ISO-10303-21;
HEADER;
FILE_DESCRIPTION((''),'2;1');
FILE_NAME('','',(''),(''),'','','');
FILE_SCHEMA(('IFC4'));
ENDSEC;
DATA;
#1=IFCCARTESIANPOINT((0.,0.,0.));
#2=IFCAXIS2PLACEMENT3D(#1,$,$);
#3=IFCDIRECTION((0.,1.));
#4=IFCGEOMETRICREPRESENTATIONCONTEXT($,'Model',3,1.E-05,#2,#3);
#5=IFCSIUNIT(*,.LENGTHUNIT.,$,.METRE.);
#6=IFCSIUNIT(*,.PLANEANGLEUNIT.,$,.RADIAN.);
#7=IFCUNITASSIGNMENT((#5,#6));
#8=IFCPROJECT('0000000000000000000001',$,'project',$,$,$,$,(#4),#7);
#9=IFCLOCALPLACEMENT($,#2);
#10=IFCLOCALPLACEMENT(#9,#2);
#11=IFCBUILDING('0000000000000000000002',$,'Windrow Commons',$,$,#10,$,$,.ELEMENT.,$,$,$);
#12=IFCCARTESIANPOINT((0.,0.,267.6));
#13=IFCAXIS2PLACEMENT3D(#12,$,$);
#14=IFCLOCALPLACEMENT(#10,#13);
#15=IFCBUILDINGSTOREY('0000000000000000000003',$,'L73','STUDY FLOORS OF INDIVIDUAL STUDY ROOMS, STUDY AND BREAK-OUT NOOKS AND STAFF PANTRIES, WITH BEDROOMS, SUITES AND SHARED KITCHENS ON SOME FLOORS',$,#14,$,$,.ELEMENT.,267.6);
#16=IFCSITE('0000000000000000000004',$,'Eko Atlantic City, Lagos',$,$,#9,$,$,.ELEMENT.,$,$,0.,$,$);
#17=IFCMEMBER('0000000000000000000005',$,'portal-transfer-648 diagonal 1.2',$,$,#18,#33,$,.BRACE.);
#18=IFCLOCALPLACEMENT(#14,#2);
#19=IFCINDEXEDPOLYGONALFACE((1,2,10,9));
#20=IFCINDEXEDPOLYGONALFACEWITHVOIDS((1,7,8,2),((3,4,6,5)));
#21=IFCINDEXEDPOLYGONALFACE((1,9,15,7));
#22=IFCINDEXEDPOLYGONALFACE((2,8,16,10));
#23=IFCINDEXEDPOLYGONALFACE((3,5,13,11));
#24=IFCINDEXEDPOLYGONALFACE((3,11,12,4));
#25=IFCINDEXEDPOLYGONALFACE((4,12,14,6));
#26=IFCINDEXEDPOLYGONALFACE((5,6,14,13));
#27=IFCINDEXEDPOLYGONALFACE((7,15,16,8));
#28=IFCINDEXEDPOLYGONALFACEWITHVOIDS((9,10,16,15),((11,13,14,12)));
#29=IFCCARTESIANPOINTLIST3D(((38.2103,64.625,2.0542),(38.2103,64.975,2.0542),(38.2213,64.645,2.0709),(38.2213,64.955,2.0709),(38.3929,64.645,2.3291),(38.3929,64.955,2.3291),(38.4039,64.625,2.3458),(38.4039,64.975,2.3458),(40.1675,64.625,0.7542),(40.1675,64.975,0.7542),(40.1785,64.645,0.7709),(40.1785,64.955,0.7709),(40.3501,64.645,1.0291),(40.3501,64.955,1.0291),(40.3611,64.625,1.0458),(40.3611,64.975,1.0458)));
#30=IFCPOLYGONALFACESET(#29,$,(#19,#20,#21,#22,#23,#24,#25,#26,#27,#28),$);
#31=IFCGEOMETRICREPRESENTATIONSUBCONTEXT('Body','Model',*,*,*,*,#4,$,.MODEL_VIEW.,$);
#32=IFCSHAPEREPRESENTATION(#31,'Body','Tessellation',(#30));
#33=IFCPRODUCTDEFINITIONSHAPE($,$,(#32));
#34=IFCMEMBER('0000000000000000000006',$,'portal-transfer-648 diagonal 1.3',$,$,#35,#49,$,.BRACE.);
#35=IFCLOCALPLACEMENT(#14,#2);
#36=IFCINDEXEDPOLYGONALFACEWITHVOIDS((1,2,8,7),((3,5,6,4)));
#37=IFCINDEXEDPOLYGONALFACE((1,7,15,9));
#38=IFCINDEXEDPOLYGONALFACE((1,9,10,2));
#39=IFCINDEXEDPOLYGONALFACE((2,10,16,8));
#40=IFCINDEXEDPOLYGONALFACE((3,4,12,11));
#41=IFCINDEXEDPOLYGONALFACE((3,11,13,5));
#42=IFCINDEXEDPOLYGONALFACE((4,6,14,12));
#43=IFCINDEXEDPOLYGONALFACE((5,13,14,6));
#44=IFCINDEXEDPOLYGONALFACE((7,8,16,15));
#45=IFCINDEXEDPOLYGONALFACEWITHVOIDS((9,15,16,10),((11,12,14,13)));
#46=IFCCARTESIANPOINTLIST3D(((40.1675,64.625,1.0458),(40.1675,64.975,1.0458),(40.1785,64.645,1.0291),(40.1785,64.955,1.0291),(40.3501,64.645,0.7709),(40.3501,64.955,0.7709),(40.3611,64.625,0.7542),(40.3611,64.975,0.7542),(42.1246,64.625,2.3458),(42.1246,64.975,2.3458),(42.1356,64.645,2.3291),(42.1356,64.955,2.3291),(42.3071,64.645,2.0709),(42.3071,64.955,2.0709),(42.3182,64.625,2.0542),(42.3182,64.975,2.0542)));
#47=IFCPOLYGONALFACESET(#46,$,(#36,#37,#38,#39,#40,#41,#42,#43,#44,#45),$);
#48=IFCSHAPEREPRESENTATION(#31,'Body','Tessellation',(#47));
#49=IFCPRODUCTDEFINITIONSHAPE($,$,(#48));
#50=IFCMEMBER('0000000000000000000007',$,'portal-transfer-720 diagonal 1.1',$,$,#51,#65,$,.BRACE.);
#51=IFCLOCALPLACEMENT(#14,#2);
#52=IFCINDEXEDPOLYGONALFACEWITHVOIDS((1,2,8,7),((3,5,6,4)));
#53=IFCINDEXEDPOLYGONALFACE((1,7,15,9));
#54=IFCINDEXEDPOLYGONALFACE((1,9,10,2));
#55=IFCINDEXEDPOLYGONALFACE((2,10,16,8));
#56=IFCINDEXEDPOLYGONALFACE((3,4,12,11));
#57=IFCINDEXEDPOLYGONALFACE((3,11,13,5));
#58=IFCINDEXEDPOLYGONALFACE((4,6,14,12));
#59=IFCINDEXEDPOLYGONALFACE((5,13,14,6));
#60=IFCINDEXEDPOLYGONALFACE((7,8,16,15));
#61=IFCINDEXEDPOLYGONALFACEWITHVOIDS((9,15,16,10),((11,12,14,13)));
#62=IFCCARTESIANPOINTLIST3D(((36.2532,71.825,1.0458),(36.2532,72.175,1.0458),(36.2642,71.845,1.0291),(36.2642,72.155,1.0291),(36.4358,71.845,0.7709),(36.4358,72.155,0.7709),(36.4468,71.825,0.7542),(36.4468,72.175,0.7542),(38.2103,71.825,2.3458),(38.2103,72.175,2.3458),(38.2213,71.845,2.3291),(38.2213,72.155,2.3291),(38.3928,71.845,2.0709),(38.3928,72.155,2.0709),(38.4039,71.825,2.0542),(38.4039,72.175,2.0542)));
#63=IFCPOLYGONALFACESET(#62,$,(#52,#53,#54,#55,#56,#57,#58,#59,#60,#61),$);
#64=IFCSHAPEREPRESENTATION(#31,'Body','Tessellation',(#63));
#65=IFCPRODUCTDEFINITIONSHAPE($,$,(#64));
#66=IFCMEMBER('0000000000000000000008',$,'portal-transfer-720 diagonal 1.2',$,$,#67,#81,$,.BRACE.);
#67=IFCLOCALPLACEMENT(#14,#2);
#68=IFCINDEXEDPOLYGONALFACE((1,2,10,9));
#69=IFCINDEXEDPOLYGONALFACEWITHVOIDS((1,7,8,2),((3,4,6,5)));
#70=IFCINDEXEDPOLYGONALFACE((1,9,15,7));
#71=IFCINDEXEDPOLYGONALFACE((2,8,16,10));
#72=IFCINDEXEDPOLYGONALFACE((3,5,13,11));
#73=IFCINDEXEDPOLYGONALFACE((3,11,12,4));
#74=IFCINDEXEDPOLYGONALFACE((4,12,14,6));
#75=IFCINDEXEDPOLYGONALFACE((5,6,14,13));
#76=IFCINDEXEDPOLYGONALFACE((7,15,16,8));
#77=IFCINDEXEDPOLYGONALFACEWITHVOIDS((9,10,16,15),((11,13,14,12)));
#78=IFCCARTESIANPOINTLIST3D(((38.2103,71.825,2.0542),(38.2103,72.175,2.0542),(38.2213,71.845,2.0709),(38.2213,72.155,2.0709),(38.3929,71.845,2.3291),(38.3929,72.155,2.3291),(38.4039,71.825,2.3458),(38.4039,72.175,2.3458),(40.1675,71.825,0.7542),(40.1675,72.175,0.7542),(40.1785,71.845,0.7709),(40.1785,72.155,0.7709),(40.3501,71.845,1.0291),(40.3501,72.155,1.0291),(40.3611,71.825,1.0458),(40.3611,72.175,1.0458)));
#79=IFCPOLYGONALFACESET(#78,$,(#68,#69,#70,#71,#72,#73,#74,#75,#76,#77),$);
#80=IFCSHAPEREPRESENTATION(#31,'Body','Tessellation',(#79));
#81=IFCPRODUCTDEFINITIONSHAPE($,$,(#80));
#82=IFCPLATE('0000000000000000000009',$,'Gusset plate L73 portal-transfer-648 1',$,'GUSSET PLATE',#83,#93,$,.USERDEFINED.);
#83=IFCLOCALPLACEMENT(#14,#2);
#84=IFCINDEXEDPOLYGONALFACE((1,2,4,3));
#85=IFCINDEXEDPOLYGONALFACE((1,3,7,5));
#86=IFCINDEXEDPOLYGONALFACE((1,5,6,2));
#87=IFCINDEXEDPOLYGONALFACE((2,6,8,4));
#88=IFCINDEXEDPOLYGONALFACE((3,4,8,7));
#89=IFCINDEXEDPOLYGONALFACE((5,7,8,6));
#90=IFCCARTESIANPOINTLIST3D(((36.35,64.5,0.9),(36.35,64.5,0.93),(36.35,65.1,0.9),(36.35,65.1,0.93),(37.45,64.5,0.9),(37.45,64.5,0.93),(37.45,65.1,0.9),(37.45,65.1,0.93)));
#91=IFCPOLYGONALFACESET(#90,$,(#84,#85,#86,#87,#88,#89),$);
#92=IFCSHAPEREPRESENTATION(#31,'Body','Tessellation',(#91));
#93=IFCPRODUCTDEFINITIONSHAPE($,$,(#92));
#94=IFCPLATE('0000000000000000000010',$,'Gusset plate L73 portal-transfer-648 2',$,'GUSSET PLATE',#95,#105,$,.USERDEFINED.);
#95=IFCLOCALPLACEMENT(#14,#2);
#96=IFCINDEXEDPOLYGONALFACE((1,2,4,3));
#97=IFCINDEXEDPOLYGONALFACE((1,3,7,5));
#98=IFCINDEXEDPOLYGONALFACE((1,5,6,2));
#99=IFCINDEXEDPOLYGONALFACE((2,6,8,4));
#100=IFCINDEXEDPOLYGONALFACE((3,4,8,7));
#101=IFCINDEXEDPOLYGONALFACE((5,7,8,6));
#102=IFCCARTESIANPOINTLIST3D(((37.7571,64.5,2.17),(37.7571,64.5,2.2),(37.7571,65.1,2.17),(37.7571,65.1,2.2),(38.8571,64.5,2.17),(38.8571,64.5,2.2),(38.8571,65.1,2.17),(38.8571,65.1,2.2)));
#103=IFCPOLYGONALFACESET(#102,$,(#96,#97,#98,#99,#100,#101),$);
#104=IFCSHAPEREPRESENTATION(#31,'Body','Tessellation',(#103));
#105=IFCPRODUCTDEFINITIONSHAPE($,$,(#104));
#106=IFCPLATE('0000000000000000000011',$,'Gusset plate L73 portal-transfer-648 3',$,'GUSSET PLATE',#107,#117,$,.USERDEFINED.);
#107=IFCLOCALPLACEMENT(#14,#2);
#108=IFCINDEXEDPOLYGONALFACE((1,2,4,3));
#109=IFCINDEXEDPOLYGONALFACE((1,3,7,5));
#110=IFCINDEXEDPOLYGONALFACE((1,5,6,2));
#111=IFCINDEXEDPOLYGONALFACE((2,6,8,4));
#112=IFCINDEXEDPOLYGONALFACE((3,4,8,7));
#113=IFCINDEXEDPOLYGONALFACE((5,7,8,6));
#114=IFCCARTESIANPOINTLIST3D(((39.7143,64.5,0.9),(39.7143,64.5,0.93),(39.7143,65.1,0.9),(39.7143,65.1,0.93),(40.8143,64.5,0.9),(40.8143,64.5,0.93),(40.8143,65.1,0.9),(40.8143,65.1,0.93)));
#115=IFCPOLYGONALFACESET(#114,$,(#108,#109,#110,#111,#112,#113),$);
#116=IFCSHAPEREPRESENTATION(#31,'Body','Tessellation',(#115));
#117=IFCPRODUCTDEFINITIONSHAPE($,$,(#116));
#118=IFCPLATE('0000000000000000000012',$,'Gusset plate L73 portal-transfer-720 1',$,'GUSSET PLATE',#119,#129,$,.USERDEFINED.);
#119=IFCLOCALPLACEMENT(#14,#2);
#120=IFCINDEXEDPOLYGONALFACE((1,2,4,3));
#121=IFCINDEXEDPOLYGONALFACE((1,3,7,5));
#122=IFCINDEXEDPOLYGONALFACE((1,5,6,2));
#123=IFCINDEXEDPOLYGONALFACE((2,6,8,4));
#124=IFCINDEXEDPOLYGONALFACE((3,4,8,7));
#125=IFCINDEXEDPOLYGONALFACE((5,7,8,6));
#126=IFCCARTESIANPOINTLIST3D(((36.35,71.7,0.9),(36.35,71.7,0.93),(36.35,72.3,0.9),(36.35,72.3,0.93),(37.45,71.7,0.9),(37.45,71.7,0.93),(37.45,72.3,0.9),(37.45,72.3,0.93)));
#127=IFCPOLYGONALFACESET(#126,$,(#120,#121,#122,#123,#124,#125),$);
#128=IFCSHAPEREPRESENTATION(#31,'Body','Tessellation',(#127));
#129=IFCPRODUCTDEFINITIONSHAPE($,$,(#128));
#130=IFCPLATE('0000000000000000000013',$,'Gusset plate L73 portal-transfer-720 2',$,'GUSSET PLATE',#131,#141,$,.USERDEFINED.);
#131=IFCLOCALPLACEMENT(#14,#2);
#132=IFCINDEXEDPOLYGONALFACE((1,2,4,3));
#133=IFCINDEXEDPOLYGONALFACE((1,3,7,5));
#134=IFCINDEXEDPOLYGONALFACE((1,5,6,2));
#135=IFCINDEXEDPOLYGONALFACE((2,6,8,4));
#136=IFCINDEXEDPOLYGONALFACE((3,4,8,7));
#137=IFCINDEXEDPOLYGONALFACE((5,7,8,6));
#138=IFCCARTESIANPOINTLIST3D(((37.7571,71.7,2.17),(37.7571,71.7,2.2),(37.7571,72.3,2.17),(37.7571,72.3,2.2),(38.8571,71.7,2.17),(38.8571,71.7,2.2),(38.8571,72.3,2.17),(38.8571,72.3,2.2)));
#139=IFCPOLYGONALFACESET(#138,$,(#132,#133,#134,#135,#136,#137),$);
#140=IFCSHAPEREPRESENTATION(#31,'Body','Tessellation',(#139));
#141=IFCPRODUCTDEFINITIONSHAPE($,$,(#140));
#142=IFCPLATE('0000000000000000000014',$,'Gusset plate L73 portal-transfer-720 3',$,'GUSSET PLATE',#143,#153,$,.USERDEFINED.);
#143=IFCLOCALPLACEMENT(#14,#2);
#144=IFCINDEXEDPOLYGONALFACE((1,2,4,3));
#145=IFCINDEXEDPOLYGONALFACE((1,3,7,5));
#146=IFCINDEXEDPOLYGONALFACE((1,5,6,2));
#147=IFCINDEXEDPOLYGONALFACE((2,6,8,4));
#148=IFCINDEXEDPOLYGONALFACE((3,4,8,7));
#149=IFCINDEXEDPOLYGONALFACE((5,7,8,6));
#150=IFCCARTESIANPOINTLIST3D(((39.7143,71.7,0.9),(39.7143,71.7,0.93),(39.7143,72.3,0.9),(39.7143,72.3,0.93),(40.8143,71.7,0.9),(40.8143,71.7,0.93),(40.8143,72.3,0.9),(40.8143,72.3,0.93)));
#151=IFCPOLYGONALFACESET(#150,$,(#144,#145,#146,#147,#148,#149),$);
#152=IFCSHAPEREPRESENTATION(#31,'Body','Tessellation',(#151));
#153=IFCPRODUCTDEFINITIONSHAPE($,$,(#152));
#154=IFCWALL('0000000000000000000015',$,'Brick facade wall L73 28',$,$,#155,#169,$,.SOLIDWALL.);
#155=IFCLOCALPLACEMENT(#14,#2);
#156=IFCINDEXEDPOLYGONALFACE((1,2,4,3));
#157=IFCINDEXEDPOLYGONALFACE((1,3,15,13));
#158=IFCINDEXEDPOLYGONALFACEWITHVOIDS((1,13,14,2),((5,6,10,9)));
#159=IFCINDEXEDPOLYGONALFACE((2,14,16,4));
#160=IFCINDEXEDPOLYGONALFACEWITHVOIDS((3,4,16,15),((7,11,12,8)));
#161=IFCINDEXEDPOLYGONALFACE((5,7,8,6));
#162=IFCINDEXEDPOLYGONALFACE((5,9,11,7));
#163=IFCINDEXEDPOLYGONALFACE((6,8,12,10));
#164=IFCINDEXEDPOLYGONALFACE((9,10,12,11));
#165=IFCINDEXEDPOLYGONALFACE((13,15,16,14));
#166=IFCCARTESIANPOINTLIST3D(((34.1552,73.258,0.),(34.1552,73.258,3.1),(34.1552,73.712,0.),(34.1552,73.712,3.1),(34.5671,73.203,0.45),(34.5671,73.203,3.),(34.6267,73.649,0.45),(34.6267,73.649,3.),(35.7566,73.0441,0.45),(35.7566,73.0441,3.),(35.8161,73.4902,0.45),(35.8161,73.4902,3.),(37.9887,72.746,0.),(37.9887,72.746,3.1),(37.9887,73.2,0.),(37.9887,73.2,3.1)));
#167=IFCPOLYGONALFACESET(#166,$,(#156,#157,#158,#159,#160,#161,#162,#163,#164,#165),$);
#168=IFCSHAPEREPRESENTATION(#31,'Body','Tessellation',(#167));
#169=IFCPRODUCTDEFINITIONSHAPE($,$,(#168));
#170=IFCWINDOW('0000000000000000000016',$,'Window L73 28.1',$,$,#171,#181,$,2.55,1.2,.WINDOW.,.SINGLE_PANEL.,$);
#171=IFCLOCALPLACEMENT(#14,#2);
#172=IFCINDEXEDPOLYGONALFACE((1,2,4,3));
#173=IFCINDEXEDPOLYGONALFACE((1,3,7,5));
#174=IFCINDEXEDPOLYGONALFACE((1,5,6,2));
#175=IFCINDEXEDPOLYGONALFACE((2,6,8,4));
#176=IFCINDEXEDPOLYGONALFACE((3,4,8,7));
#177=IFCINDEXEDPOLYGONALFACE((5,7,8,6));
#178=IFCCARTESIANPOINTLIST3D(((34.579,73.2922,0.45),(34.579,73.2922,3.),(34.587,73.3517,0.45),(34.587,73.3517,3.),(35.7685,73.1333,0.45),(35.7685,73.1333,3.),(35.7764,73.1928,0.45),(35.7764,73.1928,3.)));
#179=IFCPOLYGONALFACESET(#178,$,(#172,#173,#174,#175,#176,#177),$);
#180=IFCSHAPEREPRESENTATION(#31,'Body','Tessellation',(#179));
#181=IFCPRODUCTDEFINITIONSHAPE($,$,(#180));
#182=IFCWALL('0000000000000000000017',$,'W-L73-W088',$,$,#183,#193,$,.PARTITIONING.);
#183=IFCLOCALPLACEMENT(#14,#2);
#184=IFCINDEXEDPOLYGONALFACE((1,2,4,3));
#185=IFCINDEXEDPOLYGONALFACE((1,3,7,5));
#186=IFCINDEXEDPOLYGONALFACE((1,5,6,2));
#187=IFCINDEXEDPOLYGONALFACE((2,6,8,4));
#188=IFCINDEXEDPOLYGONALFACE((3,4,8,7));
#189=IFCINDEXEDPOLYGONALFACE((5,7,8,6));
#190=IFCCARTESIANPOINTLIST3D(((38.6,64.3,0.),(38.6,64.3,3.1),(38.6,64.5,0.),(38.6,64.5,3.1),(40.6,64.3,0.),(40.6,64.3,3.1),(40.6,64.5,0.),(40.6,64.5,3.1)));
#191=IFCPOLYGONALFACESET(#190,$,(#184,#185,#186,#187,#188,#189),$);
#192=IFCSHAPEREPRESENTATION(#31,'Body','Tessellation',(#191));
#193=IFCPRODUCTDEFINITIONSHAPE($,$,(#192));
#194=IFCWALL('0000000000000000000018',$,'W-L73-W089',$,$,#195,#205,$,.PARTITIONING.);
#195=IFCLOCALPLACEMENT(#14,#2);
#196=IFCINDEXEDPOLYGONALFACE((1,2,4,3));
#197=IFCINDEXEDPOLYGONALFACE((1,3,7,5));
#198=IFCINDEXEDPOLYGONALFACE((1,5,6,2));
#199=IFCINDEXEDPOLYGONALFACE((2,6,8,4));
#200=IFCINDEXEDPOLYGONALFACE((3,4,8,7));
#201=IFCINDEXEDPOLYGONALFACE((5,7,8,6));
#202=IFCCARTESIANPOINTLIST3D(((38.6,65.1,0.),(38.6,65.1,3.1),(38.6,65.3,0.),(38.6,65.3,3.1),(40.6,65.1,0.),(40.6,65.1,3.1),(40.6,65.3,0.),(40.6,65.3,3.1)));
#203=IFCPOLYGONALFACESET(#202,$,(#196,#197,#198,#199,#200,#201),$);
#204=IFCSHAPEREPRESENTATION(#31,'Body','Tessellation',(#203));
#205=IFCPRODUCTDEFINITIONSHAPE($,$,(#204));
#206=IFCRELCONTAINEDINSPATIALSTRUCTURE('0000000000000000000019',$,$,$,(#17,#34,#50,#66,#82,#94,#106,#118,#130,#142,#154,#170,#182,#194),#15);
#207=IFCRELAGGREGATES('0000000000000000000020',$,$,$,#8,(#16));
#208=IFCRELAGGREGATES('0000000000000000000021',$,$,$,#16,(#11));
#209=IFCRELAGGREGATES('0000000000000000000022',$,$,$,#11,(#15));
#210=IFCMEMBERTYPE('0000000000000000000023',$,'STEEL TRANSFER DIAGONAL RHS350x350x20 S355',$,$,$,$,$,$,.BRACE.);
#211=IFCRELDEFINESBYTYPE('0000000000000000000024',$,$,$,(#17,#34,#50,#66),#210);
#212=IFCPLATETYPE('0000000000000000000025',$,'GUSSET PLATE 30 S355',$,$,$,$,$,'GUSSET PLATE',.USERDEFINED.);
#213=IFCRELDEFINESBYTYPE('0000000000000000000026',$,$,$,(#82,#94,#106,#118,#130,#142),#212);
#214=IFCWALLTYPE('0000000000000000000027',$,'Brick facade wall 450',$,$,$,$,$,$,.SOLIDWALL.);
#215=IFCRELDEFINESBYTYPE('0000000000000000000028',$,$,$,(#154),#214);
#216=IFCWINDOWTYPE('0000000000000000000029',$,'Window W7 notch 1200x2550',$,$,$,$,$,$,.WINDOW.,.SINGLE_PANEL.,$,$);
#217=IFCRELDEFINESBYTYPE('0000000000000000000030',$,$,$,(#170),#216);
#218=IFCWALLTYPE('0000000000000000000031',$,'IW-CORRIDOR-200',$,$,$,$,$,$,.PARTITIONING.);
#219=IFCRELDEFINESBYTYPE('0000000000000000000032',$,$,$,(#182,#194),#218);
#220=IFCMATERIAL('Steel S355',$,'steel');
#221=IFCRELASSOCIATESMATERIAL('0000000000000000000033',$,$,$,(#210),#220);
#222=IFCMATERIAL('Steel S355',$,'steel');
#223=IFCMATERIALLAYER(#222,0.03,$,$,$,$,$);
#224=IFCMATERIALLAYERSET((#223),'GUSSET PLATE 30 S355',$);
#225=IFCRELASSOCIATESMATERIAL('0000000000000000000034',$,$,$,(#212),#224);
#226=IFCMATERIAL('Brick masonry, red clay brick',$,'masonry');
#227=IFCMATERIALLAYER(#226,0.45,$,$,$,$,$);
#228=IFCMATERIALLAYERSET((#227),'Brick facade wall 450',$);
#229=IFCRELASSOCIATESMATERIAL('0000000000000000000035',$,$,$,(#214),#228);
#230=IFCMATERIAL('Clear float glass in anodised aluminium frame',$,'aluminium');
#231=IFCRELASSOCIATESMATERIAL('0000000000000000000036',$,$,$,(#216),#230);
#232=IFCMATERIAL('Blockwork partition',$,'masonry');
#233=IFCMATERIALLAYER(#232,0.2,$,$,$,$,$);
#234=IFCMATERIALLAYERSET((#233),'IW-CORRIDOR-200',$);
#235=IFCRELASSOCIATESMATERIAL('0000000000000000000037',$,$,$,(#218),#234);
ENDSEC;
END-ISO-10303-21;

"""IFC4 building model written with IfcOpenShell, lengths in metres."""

from ifc_helpers import new_model, si_unit, direction, frame, frame_2d, origin, origin_2d, place, context, subcontext, project, spatial, polyline, rectangle, hollow_rectangle, outline, extrude, material, layer, layer_set, material_profile, profile_set, type_object, element, fill, save


model = new_model("IFC4")

# Units and contexts
model_context = context("Model", 3, precision=1e-05, world=origin(), true_north=direction((0.0, 1.0)))
body_context = subcontext(model_context, "Body", "Model", "MODEL_VIEW")
ifc_project = project(units=[si_unit("LENGTHUNIT", "METRE"), si_unit("PLANEANGLEUNIT", "RADIAN")], contexts=[model_context])

# Site, building, storey
site_placement = place(None, origin())
site = spatial("IfcSite", under=ifc_project, at=site_placement, Name="Eko Atlantic City, Lagos", CompositionType="ELEMENT", RefElevation=0.0)
building_placement = place(site_placement, origin())
building = spatial("IfcBuilding", under=site, at=building_placement, Name="Windrow Commons", CompositionType="ELEMENT")
storey_placement = place(building_placement, frame((0.0, 0.0, 267.6)))
storey = spatial("IfcBuildingStorey", under=building, at=storey_placement, Name="L73", Description="STUDY FLOORS OF INDIVIDUAL STUDY ROOMS, STUDY AND BREAK-OUT NOOKS AND STAFF PANTRIES, WITH BEDROOMS, SUITES AND SHARED KITCHENS ON SOME FLOORS", CompositionType="ELEMENT", Elevation=267.6)

# Members
ifc_material_1 = material(Name="Steel S355", Category="steel")
ifc_material_profile_1 = material_profile(ifc_material_1, hollow_rectangle(XDim=0.35, YDim=0.35, WallThickness=0.02, at=origin_2d()))
ifc_profile_set_1 = profile_set([ifc_material_profile_1], Name="Steel S355")
member_type_1 = type_object("IfcMemberType", Name="STEEL TRANSFER DIAGONAL RHS350x350x20 S355", PredefinedType="BRACE", material=ifc_profile_set_1)
member_1_placement = place(storey_placement, frame((38.3071, 64.8, 2.2), z_axis=(0.832992, 0.0, -0.553285), x_axis=(0.0, 1.0, 0.0)))
element("IfcMember", 1, at=member_1_placement, inside=storey, type_object=member_type_1, Name="portal-transfer-648 diagonal 1.2", PredefinedType="BRACE", context=body_context, shape_type="SweptSolid", body=[
    extrude(hollow_rectangle(XDim=0.35, YDim=0.35, WallThickness=0.02, at=origin_2d()), origin(), (0.0, 0.0, 1.0), 2.3496),
])
for number, where, z_axis, x_axis, name in (
    (2, (40.2643, 64.8, 0.9), (0.832979, 0.0, 0.553305), (0.0, 1.0, 0.0), "portal-transfer-648 diagonal 1.3"),
    (3, (36.35, 72.0, 0.9), (0.832979, 0.0, 0.553305), (0.0, 1.0, 0.0), "portal-transfer-720 diagonal 1.1"),
):
    element("IfcMember", number, at=place(storey_placement, frame(where, z_axis=z_axis, x_axis=x_axis)), inside=storey, type_object=member_type_1, Name=name, PredefinedType="BRACE", context=body_context, shape_type="SweptSolid", body=[
        extrude(hollow_rectangle(XDim=0.35, YDim=0.35, WallThickness=0.02, at=origin_2d()), origin(), (0.0, 0.0, 1.0), 2.3495),
    ])
member_2_placement = place(storey_placement, frame((38.3071, 72.0, 2.2), z_axis=(0.832992, 0.0, -0.553285), x_axis=(0.0, 1.0, 0.0)))
element("IfcMember", 4, at=member_2_placement, inside=storey, type_object=member_type_1, Name="portal-transfer-720 diagonal 1.2", PredefinedType="BRACE", context=body_context, shape_type="SweptSolid", body=[
    extrude(hollow_rectangle(XDim=0.35, YDim=0.35, WallThickness=0.02, at=origin_2d()), origin(), (0.0, 0.0, 1.0), 2.3496),
])

# Plates
ifc_material_2 = material(Name="Steel S355", Category="steel")
ifc_layer_1 = layer(ifc_material_2, 0.03)
ifc_layer_set_1 = layer_set([ifc_layer_1], Name="GUSSET PLATE 30 S355")
plate_type = type_object("IfcPlateType", Name="GUSSET PLATE 30 S355", ElementType="GUSSET PLATE", PredefinedType="USERDEFINED", material=ifc_layer_set_1)
for number, where, z_axis, x_axis, name in (
    (5, (36.9, 64.8, 0.9), (0.0, 0.0, 1.0), (1.0, 0.0, 0.0), "Gusset plate L73 portal-transfer-648 1"),
    (6, (38.3071, 64.8, 2.17), (0.0, 0.0, 1.0), (1.0, 0.0, 0.0), "Gusset plate L73 portal-transfer-648 2"),
    (7, (40.2643, 64.8, 0.9), (0.0, 0.0, 1.0), (1.0, 0.0, 0.0), "Gusset plate L73 portal-transfer-648 3"),
    (8, (36.9, 72.0, 0.9), (0.0, 0.0, 1.0), (1.0, 0.0, 0.0), "Gusset plate L73 portal-transfer-720 1"),
    (9, (38.3071, 72.0, 2.17), (0.0, 0.0, 1.0), (1.0, 0.0, 0.0), "Gusset plate L73 portal-transfer-720 2"),
    (10, (40.2643, 72.0, 0.9), (0.0, 0.0, 1.0), (1.0, 0.0, 0.0), "Gusset plate L73 portal-transfer-720 3"),
):
    element("IfcPlate", number, at=place(storey_placement, frame(where, z_axis=z_axis, x_axis=x_axis)), inside=storey, type_object=plate_type, Name=name, ObjectType="GUSSET PLATE", PredefinedType="USERDEFINED", context=body_context, shape_type="SweptSolid", body=[
        extrude(rectangle(XDim=1.1, YDim=0.6, at=origin_2d()), origin(), (0.0, 0.0, 1.0), 0.03),
    ])

# Wall, opening, window
ifc_material_3 = material(Name="Brick masonry, red clay brick", Category="masonry")
ifc_layer_2 = layer(ifc_material_3, 0.45)
ifc_layer_set_2 = layer_set([ifc_layer_2], Name="Brick facade wall 450")
wall_type_1 = type_object("IfcWallType", Name="Brick facade wall 450", PredefinedType="SOLIDWALL", material=ifc_layer_set_2)
wall_1_placement = place(storey_placement, frame((37.9887, 72.973, 0.0), z_axis=(0.0, 0.0, 1.0), x_axis=(-0.991199, 0.13238, 0.0)))
wall_1 = element("IfcWall", 11, at=wall_1_placement, inside=storey, type_object=wall_type_1, Name="Brick facade wall L73 28", PredefinedType="SOLIDWALL", context=body_context, shape_type="SweptSolid", body=[
    extrude(outline(polyline([(0.0301, -0.225), (3.8976, -0.225), (3.8375, 0.225), (-0.0301, 0.225), (0.0301, -0.225)])), origin(), (0.0, 0.0, 1.0), 3.1),
])
opening_placement = place(wall_1_placement, frame((2.2219, 0.0, 0.45)))
opening = element("IfcOpeningElement", 12, at=opening_placement, cuts=wall_1, PredefinedType="OPENING", context=body_context, shape_type="SweptSolid", body=[
    extrude(rectangle(XDim=1.2, YDim=2.55, at=frame_2d((0.6, 1.275))), frame((0.0, 0.235, 0.0), z_axis=(0.0, -1.0, 0.0), x_axis=(1.0, 0.0, 0.0)), (0.0, 0.0, 1.0), 0.47),
])
ifc_material_4 = material(Name="Clear float glass in anodised aluminium frame", Category="aluminium")
window_type = type_object("IfcWindowType", Name="Window W7 notch 1200x2550", PartitioningType="SINGLE_PANEL", PredefinedType="WINDOW", material=ifc_material_4)
window_placement = place(opening_placement, origin())
window = element("IfcWindow", 13, at=window_placement, inside=storey, type_object=window_type, Name="Window L73 28.1", OverallHeight=2.55, OverallWidth=1.2, PartitioningType="SINGLE_PANEL", PredefinedType="WINDOW", context=body_context, shape_type="SweptSolid", body=[
    extrude(rectangle(XDim=1.2, YDim=2.55, at=frame_2d((0.6, 1.275))), frame((0.0, 0.135, 0.0), z_axis=(0.0, -1.0, 0.0), x_axis=(1.0, 0.0, 0.0)), (0.0, 0.0, 1.0), 0.06),
])
fill(opening, window)

# Walls
ifc_material_5 = material(Name="Blockwork partition", Category="masonry")
ifc_layer_3 = layer(ifc_material_5, 0.2)
ifc_layer_set_3 = layer_set([ifc_layer_3], Name="IW-CORRIDOR-200")
wall_type_2 = type_object("IfcWallType", Name="IW-CORRIDOR-200", PredefinedType="PARTITIONING", material=ifc_layer_set_3)
for number, where, z_axis, x_axis, name in (
    (14, (38.6, 64.4, 0.0), (0.0, 0.0, 1.0), (1.0, 0.0, 0.0), "W-L73-W088"),
    (15, (38.6, 65.2, 0.0), (0.0, 0.0, 1.0), (1.0, 0.0, 0.0), "W-L73-W089"),
):
    element("IfcWall", number, at=place(storey_placement, frame(where, z_axis=z_axis, x_axis=x_axis)), inside=storey, type_object=wall_type_2, Name=name, PredefinedType="PARTITIONING", context=body_context, shape_type="SweptSolid", body=[
        extrude(rectangle(XDim=2.0, YDim=0.2, at=frame_2d((1.0, 0.0))), origin(), (0.0, 0.0, 1.0), 3.1),
    ])

save(model, "model.ifc")
